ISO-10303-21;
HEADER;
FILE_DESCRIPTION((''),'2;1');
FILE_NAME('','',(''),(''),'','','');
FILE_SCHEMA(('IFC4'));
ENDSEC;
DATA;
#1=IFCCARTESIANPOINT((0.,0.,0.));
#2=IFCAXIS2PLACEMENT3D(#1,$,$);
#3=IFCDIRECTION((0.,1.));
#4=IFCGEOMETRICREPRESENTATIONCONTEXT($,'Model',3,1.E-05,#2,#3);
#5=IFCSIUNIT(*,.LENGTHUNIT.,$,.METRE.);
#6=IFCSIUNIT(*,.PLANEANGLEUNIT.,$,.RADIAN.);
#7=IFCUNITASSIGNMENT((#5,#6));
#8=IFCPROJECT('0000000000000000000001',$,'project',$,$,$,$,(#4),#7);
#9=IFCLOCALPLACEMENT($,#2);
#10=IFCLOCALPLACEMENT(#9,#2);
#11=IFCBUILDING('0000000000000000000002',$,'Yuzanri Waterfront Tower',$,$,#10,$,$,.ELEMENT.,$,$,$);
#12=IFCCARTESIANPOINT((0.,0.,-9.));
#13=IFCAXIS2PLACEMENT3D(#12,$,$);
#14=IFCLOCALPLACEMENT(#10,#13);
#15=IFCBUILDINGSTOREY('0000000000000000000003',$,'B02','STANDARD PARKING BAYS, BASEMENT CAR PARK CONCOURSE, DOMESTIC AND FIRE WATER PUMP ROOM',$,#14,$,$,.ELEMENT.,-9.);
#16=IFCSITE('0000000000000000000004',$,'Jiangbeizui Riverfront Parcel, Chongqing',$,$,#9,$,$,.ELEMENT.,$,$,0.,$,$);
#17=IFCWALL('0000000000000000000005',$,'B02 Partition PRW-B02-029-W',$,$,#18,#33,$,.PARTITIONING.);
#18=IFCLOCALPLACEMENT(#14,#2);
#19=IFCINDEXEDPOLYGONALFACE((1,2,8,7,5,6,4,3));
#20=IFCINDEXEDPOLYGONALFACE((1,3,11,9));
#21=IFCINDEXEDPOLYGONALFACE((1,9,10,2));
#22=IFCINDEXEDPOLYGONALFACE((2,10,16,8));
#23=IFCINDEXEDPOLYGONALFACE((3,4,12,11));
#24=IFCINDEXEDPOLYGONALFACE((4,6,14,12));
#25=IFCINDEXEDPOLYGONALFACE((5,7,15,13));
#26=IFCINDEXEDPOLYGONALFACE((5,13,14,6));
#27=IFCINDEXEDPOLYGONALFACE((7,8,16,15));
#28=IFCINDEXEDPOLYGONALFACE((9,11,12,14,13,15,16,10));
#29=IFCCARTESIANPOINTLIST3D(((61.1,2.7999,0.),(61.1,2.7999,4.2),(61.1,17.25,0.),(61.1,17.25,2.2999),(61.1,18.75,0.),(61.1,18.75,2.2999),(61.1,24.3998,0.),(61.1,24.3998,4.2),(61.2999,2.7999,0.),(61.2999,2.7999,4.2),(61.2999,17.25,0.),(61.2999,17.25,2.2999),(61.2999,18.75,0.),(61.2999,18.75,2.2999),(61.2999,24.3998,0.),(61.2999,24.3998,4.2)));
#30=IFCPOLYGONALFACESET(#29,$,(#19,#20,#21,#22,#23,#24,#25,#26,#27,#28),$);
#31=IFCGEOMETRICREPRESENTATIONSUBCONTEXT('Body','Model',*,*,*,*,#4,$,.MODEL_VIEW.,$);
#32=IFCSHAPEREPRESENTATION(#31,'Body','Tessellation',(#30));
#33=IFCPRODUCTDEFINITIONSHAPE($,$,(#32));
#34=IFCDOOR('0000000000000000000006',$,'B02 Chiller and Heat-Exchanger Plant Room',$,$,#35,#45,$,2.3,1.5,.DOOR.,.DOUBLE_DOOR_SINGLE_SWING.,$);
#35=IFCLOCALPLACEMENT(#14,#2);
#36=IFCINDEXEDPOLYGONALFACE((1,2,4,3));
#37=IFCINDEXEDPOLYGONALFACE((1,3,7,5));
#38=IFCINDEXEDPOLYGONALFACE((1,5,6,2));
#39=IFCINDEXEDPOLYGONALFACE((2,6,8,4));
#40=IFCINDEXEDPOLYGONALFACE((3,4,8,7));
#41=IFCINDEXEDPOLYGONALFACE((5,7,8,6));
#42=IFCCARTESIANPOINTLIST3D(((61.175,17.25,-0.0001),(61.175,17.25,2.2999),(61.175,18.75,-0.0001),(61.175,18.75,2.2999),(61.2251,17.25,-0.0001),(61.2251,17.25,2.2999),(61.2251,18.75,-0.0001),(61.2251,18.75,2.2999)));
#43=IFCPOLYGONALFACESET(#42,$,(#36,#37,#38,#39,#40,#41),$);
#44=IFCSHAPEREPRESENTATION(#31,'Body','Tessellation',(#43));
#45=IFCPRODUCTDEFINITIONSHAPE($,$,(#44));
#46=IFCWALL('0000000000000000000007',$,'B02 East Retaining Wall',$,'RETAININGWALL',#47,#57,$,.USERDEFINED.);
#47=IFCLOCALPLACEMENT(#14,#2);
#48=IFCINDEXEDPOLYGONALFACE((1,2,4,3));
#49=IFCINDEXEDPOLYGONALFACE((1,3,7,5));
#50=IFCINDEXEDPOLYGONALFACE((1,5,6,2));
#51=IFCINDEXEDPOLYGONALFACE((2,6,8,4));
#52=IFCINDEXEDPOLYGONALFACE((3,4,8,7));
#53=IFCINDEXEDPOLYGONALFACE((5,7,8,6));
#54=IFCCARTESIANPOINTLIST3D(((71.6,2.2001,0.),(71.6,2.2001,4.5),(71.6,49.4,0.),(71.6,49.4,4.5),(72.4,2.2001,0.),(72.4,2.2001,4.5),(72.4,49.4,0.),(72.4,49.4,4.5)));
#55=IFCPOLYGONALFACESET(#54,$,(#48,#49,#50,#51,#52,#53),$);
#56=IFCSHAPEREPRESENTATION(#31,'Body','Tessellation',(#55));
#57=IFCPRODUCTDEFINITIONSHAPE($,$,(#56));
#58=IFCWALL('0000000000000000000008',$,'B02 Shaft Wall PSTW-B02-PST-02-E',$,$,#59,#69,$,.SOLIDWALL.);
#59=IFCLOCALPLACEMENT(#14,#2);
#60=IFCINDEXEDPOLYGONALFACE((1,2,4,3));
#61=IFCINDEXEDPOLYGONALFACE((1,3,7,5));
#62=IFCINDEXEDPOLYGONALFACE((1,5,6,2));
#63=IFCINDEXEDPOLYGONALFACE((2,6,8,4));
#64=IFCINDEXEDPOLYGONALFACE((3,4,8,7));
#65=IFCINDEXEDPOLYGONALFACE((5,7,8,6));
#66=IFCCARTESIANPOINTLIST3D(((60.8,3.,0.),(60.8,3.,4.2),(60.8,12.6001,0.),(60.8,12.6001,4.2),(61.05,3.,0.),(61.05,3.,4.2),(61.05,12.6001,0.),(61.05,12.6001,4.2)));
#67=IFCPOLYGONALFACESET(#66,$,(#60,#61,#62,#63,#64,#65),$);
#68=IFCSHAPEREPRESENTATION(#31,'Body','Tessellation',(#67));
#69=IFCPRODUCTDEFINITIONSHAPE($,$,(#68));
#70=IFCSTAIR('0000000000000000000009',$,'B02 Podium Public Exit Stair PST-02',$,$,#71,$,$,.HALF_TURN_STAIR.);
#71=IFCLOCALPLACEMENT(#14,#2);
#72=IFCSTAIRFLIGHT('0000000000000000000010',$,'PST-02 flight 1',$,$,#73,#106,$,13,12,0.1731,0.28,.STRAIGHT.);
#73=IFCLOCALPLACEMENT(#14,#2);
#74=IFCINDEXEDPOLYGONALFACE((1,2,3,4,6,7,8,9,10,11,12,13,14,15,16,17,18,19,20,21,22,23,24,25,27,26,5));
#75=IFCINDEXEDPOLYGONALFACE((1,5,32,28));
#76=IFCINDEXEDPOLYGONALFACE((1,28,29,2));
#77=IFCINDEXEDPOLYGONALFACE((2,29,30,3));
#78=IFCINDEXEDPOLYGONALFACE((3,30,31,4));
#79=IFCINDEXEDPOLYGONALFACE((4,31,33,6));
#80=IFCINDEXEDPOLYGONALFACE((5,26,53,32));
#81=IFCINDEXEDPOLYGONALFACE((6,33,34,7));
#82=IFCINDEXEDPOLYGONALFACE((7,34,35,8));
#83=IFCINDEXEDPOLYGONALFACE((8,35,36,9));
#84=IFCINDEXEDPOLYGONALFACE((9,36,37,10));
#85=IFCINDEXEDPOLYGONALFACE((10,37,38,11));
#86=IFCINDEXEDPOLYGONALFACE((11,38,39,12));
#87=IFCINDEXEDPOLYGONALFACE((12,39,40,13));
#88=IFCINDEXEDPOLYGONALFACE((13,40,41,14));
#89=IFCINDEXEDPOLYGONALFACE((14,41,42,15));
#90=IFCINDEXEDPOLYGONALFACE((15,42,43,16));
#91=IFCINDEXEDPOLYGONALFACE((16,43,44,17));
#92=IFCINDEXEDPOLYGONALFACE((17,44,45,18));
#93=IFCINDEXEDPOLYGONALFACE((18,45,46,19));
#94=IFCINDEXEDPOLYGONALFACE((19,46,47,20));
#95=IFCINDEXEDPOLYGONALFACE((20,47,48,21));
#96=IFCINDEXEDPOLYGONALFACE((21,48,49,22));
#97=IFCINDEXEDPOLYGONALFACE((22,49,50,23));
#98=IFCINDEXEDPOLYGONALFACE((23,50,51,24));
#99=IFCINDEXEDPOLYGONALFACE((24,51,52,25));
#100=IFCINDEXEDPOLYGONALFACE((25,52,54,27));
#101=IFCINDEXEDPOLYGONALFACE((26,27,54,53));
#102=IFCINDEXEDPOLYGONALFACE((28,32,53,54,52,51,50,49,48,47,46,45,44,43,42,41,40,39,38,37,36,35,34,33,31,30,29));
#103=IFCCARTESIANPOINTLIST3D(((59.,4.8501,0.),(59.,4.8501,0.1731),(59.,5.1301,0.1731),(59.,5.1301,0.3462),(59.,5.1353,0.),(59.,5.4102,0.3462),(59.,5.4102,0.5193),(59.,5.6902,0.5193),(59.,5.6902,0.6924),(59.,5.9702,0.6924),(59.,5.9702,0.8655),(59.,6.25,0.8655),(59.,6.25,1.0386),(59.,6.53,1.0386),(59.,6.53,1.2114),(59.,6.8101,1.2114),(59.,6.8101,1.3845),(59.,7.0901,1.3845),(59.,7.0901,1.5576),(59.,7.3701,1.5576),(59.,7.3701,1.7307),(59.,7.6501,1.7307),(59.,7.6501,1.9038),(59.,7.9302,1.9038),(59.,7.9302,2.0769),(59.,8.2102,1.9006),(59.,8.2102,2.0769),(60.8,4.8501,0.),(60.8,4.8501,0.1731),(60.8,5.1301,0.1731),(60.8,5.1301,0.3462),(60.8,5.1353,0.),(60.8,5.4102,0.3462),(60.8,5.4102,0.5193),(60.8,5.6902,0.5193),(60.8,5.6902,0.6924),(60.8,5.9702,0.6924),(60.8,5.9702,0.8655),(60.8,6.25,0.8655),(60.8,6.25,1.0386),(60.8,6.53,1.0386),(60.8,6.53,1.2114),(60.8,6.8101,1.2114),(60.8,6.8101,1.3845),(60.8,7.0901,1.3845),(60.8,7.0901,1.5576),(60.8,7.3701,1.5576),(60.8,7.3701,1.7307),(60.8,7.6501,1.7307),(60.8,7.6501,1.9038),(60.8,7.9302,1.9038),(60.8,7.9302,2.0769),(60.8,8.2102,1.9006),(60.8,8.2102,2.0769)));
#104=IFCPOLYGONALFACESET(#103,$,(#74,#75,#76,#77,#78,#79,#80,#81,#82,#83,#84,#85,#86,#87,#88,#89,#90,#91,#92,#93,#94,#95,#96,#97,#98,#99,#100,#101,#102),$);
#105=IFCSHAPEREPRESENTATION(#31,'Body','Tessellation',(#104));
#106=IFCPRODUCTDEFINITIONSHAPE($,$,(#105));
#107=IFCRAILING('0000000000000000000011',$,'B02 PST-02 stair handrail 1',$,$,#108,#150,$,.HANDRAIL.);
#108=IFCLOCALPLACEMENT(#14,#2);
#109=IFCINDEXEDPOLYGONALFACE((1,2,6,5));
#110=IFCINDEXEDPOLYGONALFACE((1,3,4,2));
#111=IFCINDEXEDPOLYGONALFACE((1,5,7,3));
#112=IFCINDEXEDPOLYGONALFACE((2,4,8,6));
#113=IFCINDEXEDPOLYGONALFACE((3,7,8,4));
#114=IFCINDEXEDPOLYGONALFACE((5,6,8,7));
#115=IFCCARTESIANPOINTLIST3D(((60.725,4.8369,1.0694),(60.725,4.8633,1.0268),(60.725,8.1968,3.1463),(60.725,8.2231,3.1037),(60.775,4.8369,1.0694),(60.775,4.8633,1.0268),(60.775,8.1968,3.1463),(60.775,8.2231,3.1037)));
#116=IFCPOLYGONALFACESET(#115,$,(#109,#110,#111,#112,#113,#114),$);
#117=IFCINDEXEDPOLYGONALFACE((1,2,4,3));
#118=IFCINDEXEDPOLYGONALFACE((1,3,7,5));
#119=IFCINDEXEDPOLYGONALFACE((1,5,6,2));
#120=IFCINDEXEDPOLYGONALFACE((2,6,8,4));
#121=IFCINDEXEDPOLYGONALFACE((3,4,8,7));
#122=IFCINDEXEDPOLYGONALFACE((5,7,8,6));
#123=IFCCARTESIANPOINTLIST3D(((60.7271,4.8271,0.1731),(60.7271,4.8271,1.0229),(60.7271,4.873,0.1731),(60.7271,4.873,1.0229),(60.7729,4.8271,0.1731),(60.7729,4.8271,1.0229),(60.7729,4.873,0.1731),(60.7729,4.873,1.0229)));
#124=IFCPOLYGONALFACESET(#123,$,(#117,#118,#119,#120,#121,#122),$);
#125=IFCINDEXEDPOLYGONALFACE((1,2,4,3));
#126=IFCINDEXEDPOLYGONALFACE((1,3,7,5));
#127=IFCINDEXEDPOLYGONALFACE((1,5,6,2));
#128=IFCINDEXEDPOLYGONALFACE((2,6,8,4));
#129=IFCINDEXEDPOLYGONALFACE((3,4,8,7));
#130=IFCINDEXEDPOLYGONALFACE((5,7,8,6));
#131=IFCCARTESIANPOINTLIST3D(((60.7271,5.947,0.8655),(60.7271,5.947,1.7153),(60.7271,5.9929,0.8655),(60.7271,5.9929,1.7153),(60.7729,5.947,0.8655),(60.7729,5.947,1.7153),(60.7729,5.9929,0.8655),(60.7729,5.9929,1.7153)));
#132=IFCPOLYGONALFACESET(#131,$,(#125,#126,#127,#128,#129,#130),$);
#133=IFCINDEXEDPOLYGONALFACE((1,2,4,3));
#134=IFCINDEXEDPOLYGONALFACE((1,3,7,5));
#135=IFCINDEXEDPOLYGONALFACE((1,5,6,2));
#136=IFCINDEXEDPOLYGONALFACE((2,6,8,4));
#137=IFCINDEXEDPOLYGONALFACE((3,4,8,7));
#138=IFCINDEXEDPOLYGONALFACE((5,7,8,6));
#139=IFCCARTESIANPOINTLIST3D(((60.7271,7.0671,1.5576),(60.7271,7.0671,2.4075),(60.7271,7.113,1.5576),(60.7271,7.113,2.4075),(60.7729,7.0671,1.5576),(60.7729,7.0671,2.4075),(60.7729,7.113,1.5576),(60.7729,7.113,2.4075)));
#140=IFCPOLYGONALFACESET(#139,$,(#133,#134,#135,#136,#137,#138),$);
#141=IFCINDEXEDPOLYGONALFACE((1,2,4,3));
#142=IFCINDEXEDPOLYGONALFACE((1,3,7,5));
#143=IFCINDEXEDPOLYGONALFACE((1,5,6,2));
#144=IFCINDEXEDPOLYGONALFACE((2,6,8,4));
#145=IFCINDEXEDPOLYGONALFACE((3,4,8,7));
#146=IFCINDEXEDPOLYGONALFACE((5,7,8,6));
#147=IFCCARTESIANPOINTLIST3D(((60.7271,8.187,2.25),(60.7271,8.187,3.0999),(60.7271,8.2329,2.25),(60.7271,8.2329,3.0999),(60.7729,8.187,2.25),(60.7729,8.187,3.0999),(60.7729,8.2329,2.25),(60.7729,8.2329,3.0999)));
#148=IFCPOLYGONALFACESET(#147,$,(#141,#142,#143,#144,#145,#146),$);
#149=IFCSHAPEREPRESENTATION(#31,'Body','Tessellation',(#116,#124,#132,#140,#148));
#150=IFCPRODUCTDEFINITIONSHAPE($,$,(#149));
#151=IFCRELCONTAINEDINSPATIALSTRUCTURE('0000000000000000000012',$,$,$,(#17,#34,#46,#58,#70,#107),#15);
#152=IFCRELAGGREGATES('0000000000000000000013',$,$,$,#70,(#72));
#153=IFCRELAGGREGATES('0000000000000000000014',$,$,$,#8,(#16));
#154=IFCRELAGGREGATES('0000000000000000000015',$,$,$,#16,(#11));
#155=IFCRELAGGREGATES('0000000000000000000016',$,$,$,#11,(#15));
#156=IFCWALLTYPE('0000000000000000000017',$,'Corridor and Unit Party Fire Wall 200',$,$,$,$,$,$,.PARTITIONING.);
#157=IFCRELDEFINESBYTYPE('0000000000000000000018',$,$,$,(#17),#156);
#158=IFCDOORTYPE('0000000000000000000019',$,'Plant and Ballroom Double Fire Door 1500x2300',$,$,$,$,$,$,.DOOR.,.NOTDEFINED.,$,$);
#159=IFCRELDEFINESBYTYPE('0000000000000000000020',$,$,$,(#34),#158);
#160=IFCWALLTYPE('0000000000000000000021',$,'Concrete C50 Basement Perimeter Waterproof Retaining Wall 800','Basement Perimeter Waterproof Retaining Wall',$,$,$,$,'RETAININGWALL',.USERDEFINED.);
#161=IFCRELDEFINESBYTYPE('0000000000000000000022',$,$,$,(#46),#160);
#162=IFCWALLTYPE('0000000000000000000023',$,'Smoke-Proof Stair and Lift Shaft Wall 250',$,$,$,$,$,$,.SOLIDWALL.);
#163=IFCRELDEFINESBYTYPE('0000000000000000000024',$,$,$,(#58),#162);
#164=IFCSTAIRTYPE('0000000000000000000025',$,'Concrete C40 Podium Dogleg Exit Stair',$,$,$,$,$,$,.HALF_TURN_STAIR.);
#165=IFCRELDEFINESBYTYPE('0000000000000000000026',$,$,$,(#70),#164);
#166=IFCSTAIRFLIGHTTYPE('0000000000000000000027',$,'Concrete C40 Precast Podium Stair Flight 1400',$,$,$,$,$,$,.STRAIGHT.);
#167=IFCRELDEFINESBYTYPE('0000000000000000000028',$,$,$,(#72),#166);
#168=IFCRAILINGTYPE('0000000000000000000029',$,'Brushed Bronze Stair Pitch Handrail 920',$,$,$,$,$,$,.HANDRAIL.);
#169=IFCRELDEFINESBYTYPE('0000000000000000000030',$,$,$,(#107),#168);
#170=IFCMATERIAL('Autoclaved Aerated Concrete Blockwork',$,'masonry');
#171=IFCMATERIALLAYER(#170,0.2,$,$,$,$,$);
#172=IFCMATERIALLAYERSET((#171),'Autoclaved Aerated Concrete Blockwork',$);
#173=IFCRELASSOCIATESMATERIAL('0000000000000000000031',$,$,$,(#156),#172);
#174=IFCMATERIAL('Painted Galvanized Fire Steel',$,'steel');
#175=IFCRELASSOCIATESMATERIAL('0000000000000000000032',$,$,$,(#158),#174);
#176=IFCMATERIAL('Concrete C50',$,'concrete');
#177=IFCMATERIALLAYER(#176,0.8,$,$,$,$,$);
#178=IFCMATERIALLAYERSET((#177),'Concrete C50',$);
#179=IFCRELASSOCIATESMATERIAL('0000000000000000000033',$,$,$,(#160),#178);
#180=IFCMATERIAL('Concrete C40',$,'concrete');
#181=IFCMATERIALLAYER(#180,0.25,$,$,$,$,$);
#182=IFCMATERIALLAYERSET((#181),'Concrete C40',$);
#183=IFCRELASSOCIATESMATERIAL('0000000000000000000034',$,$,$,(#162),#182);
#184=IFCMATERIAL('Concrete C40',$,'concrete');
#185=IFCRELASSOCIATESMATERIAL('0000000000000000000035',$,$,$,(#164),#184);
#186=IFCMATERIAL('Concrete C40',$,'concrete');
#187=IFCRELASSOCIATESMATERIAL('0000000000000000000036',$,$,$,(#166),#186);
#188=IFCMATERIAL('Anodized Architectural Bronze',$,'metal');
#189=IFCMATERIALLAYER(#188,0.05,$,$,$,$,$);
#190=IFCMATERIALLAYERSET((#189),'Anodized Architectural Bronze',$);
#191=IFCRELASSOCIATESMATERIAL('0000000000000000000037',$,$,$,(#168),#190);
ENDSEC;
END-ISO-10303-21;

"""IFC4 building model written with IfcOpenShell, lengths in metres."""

from ifc_helpers import new_model, si_unit, direction, frame, frame_2d, origin, origin_2d, place, context, subcontext, project, spatial, polyline, rectangle, outline, extrude, source, transform, mapped, material, layer, layer_set, type_object, element, fill, aggregate, save


model = new_model("IFC4")

# Units and contexts
model_context = context("Model", 3, precision=1e-05, world=origin(), true_north=direction((0.0, 1.0)))
body_context = subcontext(model_context, "Body", "Model", "MODEL_VIEW")
ifc_project = project(units=[si_unit("LENGTHUNIT", "METRE"), si_unit("PLANEANGLEUNIT", "RADIAN")], contexts=[model_context])

# Site, building, storey
site_placement = place(None, origin())
site = spatial("IfcSite", under=ifc_project, at=site_placement, Name="Jiangbeizui Riverfront Parcel, Chongqing", CompositionType="ELEMENT", RefElevation=0.0)
building_placement = place(site_placement, origin())
building = spatial("IfcBuilding", under=site, at=building_placement, Name="Yuzanri Waterfront Tower", CompositionType="ELEMENT")
storey_placement = place(building_placement, frame((0.0, 0.0, -9.0)))
storey = spatial("IfcBuildingStorey", under=building, at=storey_placement, Name="B02", Description="STANDARD PARKING BAYS, BASEMENT CAR PARK CONCOURSE, DOMESTIC AND FIRE WATER PUMP ROOM", CompositionType="ELEMENT", Elevation=-9.0)

# Wall, opening, door
ifc_material_1 = material(Name="Autoclaved Aerated Concrete Blockwork", Category="masonry")
ifc_layer_1 = layer(ifc_material_1, 0.2)
ifc_layer_set_1 = layer_set([ifc_layer_1], Name="Autoclaved Aerated Concrete Blockwork")
wall_type_1 = type_object("IfcWallType", Name="Corridor and Unit Party Fire Wall 200", PredefinedType="PARTITIONING", material=ifc_layer_set_1)
wall_1_placement = place(storey_placement, frame((61.2, 2.8, 0.0), z_axis=(0.0, 0.0, 1.0), x_axis=(0.0, 1.0, 0.0)))
wall_1 = element("IfcWall", 1, at=wall_1_placement, inside=storey, type_object=wall_type_1, Name="B02 Partition PRW-B02-029-W", PredefinedType="PARTITIONING", context=body_context, shape_type="SweptSolid", body=[
    extrude(rectangle(XDim=21.5999, YDim=0.2, at=frame_2d((10.7998, 0.0))), origin(), (0.0, 0.0, 1.0), 4.2),
])
opening_placement = place(wall_1_placement, frame((14.45, 0.0, 0.0)))
opening = element("IfcOpeningElement", 2, at=opening_placement, cuts=wall_1, PredefinedType="OPENING", context=body_context, shape_type="SweptSolid", body=[
    extrude(rectangle(XDim=1.5, YDim=2.3, at=frame_2d((0.75, 1.1499))), frame((0.0, 0.1147, 0.0), z_axis=(0.0, -1.0, 0.0), x_axis=(1.0, 0.0, 0.0)), (0.0, 0.0, 1.0), 0.2297),
])
ifc_material_2 = material(Name="Painted Galvanized Fire Steel", Category="steel")
door_type = type_object("IfcDoorType", Name="Plant and Ballroom Double Fire Door 1500x2300", OperationType="NOTDEFINED", PredefinedType="DOOR", material=ifc_material_2)
shared_shape_1 = source(origin(), body_context, "Body", "SweptSolid", [
    extrude(rectangle(XDim=1.5, YDim=2.3, at=frame_2d((0.75, 1.1499))), frame((0.0, 0.0249, 0.0), z_axis=(0.0, -1.0, 0.0), x_axis=(1.0, 0.0, 0.0)), (0.0, 0.0, 1.0), 0.05),
])
door_placement = place(opening_placement, origin())
door = element("IfcDoor", 3, at=door_placement, inside=storey, type_object=door_type, Name="B02 Chiller and Heat-Exchanger Plant Room", OperationType="DOUBLE_DOOR_SINGLE_SWING", OverallHeight=2.3, OverallWidth=1.5, PredefinedType="DOOR", context=body_context, shape_type="MappedRepresentation", body=[
    mapped(shared_shape_1, transform((0.0, 0.0, 0.0), scale=1.0)),
])
fill(opening, door)

# Walls
ifc_material_3 = material(Name="Concrete C50", Category="concrete")
ifc_layer_2 = layer(ifc_material_3, 0.8)
ifc_layer_set_2 = layer_set([ifc_layer_2], Name="Concrete C50")
wall_type_2 = type_object("IfcWallType", Name="Concrete C50 Basement Perimeter Waterproof Retaining Wall 800", Description="Basement Perimeter Waterproof Retaining Wall", ElementType="RETAININGWALL", PredefinedType="USERDEFINED", material=ifc_layer_set_2)
shared_shape_2 = source(origin(), body_context, "Body", "SweptSolid", [
    extrude(rectangle(XDim=47.2, YDim=0.8, at=frame_2d((23.6001, 0.0))), origin(), (0.0, 0.0, 1.0), 4.5),
])
wall_2_placement = place(storey_placement, frame((72.0, 2.2, 0.0), z_axis=(0.0, 0.0, 1.0), x_axis=(0.0, 1.0, 0.0)))
element("IfcWall", 4, at=wall_2_placement, inside=storey, type_object=wall_type_2, Name="B02 East Retaining Wall", ObjectType="RETAININGWALL", PredefinedType="USERDEFINED", context=body_context, shape_type="MappedRepresentation", body=[
    mapped(shared_shape_2, transform((0.0, 0.0, 0.0), scale=1.0)),
])
ifc_material_4 = material(Name="Concrete C40", Category="concrete")
ifc_layer_3 = layer(ifc_material_4, 0.25)
ifc_layer_set_3 = layer_set([ifc_layer_3], Name="Concrete C40")
wall_type_3 = type_object("IfcWallType", Name="Smoke-Proof Stair and Lift Shaft Wall 250", PredefinedType="SOLIDWALL", material=ifc_layer_set_3)
shared_shape_3 = source(origin(), body_context, "Body", "SweptSolid", [
    extrude(rectangle(XDim=9.6001, YDim=0.25, at=frame_2d((4.8, 0.0))), origin(), (0.0, 0.0, 1.0), 4.2),
])
wall_3_placement = place(storey_placement, frame((60.925, 3.0, 0.0), z_axis=(0.0, 0.0, 1.0), x_axis=(0.0, 1.0, 0.0)))
element("IfcWall", 5, at=wall_3_placement, inside=storey, type_object=wall_type_3, Name="B02 Shaft Wall PSTW-B02-PST-02-E", PredefinedType="SOLIDWALL", context=body_context, shape_type="MappedRepresentation", body=[
    mapped(shared_shape_3, transform((0.0, 0.0, 0.0), scale=1.0)),
])

# Stair, stair flight
ifc_material_5 = material(Name="Concrete C40", Category="concrete")
stair_type = type_object("IfcStairType", Name="Concrete C40 Podium Dogleg Exit Stair", PredefinedType="HALF_TURN_STAIR", material=ifc_material_5)
stair_placement = place(storey_placement, origin())
stair = element("IfcStair", 6, at=stair_placement, inside=storey, type_object=stair_type, Name="B02 Podium Public Exit Stair PST-02", PredefinedType="HALF_TURN_STAIR")
ifc_material_6 = material(Name="Concrete C40", Category="concrete")
stair_flight_type = type_object("IfcStairFlightType", Name="Concrete C40 Precast Podium Stair Flight 1400", PredefinedType="STRAIGHT", material=ifc_material_6)
shared_shape_4 = source(origin(), body_context, "Body", "SweptSolid", [
    extrude(outline(polyline([(0.0, 0.0), (0.0, 0.1731), (0.28, 0.1731), (0.28, 0.3462), (0.5601, 0.3462), (0.5601, 0.5193), (0.8401, 0.5193), (0.8401, 0.6924), (1.1201, 0.6924), (1.1201, 0.8655), (1.3999, 0.8655), (1.3999, 1.0386), (1.6799, 1.0386), (1.6799, 1.2114), (1.96, 1.2114), (1.96, 1.3845), (2.24, 1.3845), (2.24, 1.5576), (2.52, 1.5576), (2.52, 1.7307), (2.8, 1.7307), (2.8, 1.9038), (3.0801, 1.9038), (3.0801, 2.0769), (3.3601, 2.0769), (3.3601, 2.25), (3.3601, 1.9006), (0.2852, 0.0), (0.0, 0.0)])), frame((0.0, 0.8999, 0.0), z_axis=(0.0, -1.0, 0.0), x_axis=(1.0, 0.0, 0.0)), (0.0, 0.0, 1.0), 1.8),
])
stair_flight_placement = place(storey_placement, frame((59.8999, 4.8501, 0.0), z_axis=(0.0, 0.0, 1.0), x_axis=(0.0, 1.0, 0.0)))
stair_flight = element("IfcStairFlight", 7, at=stair_flight_placement, type_object=stair_flight_type, Name="PST-02 flight 1", NumberOfRisers=13, NumberOfTreads=12, PredefinedType="STRAIGHT", RiserHeight=0.1731, TreadLength=0.28, context=body_context, shape_type="MappedRepresentation", body=[
    mapped(shared_shape_4, transform((0.0, 0.0, 0.0), scale=1.0)),
])
aggregate(stair, [stair_flight])

# Railing
ifc_material_7 = material(Name="Anodized Architectural Bronze", Category="metal")
ifc_layer_4 = layer(ifc_material_7, 0.05)
ifc_layer_set_4 = layer_set([ifc_layer_4], Name="Anodized Architectural Bronze")
railing_type = type_object("IfcRailingType", Name="Brushed Bronze Stair Pitch Handrail 920", PredefinedType="HANDRAIL", material=ifc_layer_set_4)
shared_shape_5 = source(origin(), body_context, "Body", "SweptSolid", [
    extrude(rectangle(XDim=0.05, YDim=0.05, at=origin_2d()), frame((0.0, 0.0, 0.875), z_axis=(0.0, 0.850606, 0.525803), x_axis=(-1.0, 0.0, 0.0)), (0.0, 0.0, 1.0), 3.95),
    extrude(rectangle(XDim=0.0459, YDim=0.0459, at=origin_2d()), origin(), (0.0, 0.0, 1.0), 0.8499),
    extrude(rectangle(XDim=0.0459, YDim=0.0459, at=origin_2d()), frame((0.0, 1.1199, 0.6924)), (0.0, 0.0, 1.0), 0.8499),
    extrude(rectangle(XDim=0.0459, YDim=0.0459, at=origin_2d()), frame((0.0, 2.24, 1.3845)), (0.0, 0.0, 1.0), 0.8499),
    extrude(rectangle(XDim=0.0459, YDim=0.0459, at=origin_2d()), frame((0.0, 3.3599, 2.0769)), (0.0, 0.0, 1.0), 0.8499),
])
railing_placement = place(storey_placement, frame((60.75, 4.8501, 0.1731)))
element("IfcRailing", 8, at=railing_placement, inside=storey, type_object=railing_type, Name="B02 PST-02 stair handrail 1", PredefinedType="HANDRAIL", context=body_context, shape_type="MappedRepresentation", body=[
    mapped(shared_shape_5, transform((0.0, 0.0, 0.0), scale=1.0)),
])

save(model, "model.ifc")
